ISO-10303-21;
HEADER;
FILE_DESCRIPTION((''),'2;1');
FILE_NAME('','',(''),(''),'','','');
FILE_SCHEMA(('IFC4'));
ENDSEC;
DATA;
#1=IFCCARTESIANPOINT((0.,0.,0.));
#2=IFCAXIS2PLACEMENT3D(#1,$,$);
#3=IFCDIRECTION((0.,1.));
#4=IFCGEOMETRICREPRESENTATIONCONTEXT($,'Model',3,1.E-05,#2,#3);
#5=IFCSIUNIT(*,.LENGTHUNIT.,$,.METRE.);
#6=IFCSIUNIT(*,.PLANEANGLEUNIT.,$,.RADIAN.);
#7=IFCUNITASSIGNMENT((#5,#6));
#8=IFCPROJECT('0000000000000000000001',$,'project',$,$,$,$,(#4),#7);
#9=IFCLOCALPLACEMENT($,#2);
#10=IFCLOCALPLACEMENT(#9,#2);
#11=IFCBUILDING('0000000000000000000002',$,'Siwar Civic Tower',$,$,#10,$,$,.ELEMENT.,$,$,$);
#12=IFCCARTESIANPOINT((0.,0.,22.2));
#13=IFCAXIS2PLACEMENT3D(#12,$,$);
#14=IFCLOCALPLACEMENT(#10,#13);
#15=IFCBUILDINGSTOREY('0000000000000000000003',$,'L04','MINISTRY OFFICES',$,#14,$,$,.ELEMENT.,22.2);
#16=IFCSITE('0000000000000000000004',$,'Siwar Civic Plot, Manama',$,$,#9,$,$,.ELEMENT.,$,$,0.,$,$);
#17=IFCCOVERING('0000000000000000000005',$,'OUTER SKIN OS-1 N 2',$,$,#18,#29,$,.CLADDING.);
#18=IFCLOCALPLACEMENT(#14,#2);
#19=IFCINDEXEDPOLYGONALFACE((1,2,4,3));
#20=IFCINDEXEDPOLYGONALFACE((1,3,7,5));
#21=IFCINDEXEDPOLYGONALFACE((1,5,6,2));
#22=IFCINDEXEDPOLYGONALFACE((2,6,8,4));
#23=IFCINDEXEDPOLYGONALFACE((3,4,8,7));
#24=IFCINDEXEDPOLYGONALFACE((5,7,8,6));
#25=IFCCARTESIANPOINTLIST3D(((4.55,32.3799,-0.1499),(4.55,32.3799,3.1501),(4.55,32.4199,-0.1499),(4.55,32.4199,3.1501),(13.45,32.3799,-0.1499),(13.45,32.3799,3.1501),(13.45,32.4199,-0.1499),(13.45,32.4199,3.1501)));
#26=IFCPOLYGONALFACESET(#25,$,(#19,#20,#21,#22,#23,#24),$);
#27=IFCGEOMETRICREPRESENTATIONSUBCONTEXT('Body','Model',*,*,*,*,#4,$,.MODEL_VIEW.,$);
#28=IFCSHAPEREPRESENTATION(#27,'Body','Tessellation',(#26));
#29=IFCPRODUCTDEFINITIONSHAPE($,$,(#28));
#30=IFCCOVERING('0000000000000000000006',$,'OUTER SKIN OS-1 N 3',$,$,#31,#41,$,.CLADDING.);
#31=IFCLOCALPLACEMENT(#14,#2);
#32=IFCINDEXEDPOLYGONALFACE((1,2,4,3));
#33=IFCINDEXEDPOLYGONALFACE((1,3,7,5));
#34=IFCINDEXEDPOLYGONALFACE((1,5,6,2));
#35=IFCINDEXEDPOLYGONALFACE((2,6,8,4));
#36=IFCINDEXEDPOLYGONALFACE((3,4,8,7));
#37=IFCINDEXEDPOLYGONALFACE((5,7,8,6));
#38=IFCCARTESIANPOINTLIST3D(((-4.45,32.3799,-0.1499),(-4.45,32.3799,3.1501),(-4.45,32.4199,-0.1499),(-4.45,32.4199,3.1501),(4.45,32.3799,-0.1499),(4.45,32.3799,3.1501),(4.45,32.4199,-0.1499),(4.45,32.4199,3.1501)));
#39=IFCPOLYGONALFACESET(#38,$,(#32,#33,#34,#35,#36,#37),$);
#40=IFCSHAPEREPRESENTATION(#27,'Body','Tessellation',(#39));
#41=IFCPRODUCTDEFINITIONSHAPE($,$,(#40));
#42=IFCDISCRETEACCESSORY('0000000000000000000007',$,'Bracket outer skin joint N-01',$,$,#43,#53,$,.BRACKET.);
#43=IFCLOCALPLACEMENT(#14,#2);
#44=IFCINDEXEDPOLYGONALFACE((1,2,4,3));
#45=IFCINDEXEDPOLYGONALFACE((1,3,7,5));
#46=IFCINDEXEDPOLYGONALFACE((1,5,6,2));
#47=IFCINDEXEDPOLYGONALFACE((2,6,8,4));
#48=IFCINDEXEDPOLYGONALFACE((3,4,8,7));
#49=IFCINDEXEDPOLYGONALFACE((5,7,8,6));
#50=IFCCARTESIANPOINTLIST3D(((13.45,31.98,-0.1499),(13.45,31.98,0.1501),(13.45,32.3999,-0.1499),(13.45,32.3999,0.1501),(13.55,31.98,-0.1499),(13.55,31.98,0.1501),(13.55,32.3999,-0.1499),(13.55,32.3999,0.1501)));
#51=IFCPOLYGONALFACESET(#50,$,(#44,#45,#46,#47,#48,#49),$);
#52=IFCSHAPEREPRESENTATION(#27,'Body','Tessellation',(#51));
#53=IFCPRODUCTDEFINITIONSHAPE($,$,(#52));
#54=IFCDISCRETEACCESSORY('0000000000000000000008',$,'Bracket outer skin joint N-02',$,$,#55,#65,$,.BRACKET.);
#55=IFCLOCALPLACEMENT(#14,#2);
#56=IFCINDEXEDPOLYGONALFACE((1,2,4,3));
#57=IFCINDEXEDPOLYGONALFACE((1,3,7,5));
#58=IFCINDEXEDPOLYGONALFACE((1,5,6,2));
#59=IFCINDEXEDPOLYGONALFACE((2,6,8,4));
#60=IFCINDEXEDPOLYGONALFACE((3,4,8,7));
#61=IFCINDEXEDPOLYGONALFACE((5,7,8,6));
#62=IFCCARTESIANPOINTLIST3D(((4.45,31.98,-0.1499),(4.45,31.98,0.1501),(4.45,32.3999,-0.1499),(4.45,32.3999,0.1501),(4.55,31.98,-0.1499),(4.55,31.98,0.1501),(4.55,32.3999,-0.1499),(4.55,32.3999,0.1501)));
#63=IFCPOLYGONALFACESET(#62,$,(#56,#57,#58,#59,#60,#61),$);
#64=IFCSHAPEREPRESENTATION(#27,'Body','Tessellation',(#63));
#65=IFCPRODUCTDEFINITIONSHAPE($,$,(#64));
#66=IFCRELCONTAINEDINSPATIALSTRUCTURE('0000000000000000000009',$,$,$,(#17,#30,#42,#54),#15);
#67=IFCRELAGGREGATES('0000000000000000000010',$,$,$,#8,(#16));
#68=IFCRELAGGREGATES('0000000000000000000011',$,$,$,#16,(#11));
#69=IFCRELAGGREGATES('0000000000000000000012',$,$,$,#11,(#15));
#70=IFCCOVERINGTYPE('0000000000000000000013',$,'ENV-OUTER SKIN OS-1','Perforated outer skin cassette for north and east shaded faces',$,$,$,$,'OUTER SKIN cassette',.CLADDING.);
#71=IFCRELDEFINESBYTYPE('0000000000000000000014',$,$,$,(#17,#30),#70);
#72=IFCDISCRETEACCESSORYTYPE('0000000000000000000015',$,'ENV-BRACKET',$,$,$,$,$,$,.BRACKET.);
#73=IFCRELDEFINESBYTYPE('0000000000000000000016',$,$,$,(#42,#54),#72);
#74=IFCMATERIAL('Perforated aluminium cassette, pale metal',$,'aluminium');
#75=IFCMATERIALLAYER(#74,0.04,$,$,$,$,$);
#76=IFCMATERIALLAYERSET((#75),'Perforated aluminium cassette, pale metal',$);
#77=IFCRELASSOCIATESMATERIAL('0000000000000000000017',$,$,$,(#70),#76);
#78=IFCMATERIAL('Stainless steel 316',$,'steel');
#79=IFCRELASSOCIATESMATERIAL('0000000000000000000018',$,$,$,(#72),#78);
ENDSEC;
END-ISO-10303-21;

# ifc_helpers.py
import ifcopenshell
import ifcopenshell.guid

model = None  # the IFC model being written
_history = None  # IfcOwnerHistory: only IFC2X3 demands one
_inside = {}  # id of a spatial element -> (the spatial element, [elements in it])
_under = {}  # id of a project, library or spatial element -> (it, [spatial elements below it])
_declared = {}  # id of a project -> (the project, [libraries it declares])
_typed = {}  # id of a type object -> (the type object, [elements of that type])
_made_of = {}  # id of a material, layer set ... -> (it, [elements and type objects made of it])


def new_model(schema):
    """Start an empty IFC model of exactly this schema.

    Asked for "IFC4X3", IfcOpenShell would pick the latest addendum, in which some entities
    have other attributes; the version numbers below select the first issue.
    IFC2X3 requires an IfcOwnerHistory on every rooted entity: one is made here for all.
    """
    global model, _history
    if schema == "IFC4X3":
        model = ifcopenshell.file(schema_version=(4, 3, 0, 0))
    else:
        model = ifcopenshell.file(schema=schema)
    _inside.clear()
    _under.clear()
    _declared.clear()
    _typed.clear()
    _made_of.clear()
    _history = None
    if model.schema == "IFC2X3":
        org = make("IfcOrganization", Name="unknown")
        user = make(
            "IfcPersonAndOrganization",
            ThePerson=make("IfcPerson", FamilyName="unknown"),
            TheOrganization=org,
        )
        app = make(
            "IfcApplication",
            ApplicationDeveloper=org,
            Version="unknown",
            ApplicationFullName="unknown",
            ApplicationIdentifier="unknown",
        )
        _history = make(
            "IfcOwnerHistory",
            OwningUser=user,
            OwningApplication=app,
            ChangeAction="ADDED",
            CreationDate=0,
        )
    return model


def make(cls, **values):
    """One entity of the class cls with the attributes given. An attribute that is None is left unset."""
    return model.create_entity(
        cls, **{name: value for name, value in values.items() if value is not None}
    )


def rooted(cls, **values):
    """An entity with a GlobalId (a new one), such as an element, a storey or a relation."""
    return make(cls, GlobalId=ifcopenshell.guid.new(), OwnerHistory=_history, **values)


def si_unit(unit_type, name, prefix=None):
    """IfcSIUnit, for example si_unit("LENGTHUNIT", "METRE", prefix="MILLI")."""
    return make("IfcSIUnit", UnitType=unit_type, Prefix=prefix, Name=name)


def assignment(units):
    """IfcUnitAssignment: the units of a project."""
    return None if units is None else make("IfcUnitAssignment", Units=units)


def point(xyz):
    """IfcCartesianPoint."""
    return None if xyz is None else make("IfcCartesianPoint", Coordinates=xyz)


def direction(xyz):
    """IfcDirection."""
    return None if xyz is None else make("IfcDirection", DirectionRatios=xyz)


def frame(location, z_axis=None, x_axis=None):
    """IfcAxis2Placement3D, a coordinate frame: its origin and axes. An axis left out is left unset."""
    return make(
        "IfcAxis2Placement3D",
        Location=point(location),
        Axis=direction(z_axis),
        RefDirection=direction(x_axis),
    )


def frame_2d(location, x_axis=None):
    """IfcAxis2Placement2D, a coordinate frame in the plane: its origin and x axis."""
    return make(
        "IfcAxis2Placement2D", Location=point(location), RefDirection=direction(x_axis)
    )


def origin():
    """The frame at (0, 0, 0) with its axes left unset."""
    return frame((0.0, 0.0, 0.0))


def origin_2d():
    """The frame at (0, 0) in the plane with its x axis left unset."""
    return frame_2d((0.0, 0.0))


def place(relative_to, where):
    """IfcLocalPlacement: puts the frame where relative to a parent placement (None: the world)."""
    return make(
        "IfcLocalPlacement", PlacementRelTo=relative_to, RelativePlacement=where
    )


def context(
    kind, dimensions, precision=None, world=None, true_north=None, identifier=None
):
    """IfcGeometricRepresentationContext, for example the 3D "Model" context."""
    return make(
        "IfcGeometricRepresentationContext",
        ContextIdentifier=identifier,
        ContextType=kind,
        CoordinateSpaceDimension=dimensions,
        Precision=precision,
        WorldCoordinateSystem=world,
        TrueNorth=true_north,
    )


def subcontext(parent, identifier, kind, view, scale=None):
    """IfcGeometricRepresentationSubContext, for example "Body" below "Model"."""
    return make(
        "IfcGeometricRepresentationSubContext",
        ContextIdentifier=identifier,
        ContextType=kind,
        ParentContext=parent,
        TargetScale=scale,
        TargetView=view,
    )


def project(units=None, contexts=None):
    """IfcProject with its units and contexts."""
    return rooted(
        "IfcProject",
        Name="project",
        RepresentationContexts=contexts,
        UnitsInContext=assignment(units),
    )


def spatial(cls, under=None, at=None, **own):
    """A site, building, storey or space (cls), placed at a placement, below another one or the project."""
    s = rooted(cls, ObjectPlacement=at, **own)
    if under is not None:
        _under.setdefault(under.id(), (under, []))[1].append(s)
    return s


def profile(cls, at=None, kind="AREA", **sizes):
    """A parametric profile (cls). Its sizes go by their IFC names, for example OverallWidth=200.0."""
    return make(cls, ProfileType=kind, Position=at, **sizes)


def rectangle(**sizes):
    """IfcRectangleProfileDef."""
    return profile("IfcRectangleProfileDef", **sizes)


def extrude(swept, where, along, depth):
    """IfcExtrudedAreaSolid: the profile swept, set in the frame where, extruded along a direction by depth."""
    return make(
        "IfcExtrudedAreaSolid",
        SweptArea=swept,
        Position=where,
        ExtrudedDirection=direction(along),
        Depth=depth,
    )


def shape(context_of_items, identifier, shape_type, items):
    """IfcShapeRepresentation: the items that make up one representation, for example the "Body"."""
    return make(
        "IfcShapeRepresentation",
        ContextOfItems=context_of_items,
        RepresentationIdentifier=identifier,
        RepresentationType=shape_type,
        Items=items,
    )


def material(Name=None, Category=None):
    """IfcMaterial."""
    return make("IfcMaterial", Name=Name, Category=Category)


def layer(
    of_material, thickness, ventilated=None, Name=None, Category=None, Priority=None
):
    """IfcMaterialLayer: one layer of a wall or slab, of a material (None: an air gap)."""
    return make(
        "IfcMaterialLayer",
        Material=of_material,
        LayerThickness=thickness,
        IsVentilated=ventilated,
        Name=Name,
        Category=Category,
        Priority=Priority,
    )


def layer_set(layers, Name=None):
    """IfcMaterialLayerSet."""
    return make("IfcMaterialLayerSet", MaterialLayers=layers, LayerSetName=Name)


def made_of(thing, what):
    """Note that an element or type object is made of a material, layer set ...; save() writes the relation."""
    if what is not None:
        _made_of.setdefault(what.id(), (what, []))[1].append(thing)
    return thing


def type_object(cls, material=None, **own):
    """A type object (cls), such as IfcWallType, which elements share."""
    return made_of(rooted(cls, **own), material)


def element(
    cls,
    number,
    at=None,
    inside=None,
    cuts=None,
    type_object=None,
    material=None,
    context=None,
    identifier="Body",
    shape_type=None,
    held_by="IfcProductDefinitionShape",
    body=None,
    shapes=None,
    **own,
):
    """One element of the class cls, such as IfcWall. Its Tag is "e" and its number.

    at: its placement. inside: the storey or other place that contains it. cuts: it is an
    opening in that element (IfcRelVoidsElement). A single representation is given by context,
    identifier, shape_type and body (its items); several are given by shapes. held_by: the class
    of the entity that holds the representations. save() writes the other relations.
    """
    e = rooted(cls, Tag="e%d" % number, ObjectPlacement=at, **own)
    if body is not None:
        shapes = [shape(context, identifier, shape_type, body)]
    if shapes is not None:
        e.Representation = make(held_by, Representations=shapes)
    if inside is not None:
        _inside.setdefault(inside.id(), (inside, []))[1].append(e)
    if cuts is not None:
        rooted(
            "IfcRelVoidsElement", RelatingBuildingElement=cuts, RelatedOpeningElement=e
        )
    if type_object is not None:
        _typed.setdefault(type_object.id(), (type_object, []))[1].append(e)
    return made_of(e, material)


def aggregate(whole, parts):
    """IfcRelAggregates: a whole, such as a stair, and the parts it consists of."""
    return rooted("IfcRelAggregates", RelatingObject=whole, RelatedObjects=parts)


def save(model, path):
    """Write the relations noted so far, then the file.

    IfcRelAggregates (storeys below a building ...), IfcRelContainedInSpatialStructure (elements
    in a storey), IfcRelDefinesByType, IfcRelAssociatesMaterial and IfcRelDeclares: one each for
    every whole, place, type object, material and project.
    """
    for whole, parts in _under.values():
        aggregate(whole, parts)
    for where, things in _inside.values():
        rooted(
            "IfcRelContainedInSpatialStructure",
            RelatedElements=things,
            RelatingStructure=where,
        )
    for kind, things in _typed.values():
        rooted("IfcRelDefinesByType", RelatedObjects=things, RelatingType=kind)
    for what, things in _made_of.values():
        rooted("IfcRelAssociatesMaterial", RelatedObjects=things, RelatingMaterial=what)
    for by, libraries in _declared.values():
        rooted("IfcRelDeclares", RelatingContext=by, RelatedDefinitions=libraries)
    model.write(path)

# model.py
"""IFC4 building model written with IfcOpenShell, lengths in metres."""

from ifc_helpers import new_model, si_unit, direction, frame, origin, origin_2d, place, context, subcontext, project, spatial, rectangle, extrude, material, layer, layer_set, type_object, element, save


model = new_model("IFC4")

# Units and contexts
model_context = context("Model", 3, precision=1e-05, world=origin(), true_north=direction((0.0, 1.0)))
body_context = subcontext(model_context, "Body", "Model", "MODEL_VIEW")
ifc_project = project(units=[si_unit("LENGTHUNIT", "METRE"), si_unit("PLANEANGLEUNIT", "RADIAN")], contexts=[model_context])

# Site, building, storey
site_placement = place(None, origin())
site = spatial("IfcSite", under=ifc_project, at=site_placement, Name="Siwar Civic Plot, Manama", CompositionType="ELEMENT", RefElevation=0.0)
building_placement = place(site_placement, origin())
building = spatial("IfcBuilding", under=site, at=building_placement, Name="Siwar Civic Tower", CompositionType="ELEMENT")
storey_placement = place(building_placement, frame((0.0, 0.0, 22.2)))
storey = spatial("IfcBuildingStorey", under=building, at=storey_placement, Name="L04", Description="MINISTRY OFFICES", CompositionType="ELEMENT", Elevation=22.2)

# Coverings
ifc_material_1 = material(Name="Perforated aluminium cassette, pale metal", Category="aluminium")
ifc_layer_1 = layer(ifc_material_1, 0.04)
ifc_layer_set_1 = layer_set([ifc_layer_1], Name="Perforated aluminium cassette, pale metal")
covering_type = type_object("IfcCoveringType", Name="ENV-OUTER SKIN OS-1", Description="Perforated outer skin cassette for north and east shaded faces", ElementType="OUTER SKIN cassette", PredefinedType="CLADDING", material=ifc_layer_set_1)
for number, where, z_axis, x_axis, name in (
    (1, (9.0, 32.3999, -0.1499), (0.0, 0.0, 1.0), (-1.0, 0.0, 0.0), "OUTER SKIN OS-1 N 2"),
    (2, (0.0, 32.3999, -0.1499), (0.0, 0.0, 1.0), (-1.0, 0.0, 0.0), "OUTER SKIN OS-1 N 3"),
):
    element("IfcCovering", number, at=place(storey_placement, frame(where, z_axis=z_axis, x_axis=x_axis)), inside=storey, type_object=covering_type, Name=name, PredefinedType="CLADDING", context=body_context, shape_type="SweptSolid", body=[
        extrude(rectangle(XDim=8.8999, YDim=0.04, at=origin_2d()), origin(), (0.0, 0.0, 1.0), 3.3),
    ])

# Discrete accessories
ifc_material_2 = material(Name="Stainless steel 316", Category="steel")
discrete_accessory_type = type_object("IfcDiscreteAccessoryType", Name="ENV-BRACKET", PredefinedType="BRACKET", material=ifc_material_2)
for number, where, z_axis, x_axis, name in (
    (3, (13.5, 32.1899, -0.1499), (0.0, 0.0, 1.0), (0.0, 1.0, 0.0), "Bracket outer skin joint N-01"),
    (4, (4.5, 32.1899, -0.1499), (0.0, 0.0, 1.0), (0.0, 1.0, 0.0), "Bracket outer skin joint N-02"),
):
    element("IfcDiscreteAccessory", number, at=place(storey_placement, frame(where, z_axis=z_axis, x_axis=x_axis)), inside=storey, type_object=discrete_accessory_type, Name=name, PredefinedType="BRACKET", context=body_context, shape_type="SweptSolid", body=[
        extrude(rectangle(XDim=0.4199, YDim=0.1001, at=origin_2d()), origin(), (0.0, 0.0, 1.0), 0.3),
    ])

save(model, "model.ifc")
